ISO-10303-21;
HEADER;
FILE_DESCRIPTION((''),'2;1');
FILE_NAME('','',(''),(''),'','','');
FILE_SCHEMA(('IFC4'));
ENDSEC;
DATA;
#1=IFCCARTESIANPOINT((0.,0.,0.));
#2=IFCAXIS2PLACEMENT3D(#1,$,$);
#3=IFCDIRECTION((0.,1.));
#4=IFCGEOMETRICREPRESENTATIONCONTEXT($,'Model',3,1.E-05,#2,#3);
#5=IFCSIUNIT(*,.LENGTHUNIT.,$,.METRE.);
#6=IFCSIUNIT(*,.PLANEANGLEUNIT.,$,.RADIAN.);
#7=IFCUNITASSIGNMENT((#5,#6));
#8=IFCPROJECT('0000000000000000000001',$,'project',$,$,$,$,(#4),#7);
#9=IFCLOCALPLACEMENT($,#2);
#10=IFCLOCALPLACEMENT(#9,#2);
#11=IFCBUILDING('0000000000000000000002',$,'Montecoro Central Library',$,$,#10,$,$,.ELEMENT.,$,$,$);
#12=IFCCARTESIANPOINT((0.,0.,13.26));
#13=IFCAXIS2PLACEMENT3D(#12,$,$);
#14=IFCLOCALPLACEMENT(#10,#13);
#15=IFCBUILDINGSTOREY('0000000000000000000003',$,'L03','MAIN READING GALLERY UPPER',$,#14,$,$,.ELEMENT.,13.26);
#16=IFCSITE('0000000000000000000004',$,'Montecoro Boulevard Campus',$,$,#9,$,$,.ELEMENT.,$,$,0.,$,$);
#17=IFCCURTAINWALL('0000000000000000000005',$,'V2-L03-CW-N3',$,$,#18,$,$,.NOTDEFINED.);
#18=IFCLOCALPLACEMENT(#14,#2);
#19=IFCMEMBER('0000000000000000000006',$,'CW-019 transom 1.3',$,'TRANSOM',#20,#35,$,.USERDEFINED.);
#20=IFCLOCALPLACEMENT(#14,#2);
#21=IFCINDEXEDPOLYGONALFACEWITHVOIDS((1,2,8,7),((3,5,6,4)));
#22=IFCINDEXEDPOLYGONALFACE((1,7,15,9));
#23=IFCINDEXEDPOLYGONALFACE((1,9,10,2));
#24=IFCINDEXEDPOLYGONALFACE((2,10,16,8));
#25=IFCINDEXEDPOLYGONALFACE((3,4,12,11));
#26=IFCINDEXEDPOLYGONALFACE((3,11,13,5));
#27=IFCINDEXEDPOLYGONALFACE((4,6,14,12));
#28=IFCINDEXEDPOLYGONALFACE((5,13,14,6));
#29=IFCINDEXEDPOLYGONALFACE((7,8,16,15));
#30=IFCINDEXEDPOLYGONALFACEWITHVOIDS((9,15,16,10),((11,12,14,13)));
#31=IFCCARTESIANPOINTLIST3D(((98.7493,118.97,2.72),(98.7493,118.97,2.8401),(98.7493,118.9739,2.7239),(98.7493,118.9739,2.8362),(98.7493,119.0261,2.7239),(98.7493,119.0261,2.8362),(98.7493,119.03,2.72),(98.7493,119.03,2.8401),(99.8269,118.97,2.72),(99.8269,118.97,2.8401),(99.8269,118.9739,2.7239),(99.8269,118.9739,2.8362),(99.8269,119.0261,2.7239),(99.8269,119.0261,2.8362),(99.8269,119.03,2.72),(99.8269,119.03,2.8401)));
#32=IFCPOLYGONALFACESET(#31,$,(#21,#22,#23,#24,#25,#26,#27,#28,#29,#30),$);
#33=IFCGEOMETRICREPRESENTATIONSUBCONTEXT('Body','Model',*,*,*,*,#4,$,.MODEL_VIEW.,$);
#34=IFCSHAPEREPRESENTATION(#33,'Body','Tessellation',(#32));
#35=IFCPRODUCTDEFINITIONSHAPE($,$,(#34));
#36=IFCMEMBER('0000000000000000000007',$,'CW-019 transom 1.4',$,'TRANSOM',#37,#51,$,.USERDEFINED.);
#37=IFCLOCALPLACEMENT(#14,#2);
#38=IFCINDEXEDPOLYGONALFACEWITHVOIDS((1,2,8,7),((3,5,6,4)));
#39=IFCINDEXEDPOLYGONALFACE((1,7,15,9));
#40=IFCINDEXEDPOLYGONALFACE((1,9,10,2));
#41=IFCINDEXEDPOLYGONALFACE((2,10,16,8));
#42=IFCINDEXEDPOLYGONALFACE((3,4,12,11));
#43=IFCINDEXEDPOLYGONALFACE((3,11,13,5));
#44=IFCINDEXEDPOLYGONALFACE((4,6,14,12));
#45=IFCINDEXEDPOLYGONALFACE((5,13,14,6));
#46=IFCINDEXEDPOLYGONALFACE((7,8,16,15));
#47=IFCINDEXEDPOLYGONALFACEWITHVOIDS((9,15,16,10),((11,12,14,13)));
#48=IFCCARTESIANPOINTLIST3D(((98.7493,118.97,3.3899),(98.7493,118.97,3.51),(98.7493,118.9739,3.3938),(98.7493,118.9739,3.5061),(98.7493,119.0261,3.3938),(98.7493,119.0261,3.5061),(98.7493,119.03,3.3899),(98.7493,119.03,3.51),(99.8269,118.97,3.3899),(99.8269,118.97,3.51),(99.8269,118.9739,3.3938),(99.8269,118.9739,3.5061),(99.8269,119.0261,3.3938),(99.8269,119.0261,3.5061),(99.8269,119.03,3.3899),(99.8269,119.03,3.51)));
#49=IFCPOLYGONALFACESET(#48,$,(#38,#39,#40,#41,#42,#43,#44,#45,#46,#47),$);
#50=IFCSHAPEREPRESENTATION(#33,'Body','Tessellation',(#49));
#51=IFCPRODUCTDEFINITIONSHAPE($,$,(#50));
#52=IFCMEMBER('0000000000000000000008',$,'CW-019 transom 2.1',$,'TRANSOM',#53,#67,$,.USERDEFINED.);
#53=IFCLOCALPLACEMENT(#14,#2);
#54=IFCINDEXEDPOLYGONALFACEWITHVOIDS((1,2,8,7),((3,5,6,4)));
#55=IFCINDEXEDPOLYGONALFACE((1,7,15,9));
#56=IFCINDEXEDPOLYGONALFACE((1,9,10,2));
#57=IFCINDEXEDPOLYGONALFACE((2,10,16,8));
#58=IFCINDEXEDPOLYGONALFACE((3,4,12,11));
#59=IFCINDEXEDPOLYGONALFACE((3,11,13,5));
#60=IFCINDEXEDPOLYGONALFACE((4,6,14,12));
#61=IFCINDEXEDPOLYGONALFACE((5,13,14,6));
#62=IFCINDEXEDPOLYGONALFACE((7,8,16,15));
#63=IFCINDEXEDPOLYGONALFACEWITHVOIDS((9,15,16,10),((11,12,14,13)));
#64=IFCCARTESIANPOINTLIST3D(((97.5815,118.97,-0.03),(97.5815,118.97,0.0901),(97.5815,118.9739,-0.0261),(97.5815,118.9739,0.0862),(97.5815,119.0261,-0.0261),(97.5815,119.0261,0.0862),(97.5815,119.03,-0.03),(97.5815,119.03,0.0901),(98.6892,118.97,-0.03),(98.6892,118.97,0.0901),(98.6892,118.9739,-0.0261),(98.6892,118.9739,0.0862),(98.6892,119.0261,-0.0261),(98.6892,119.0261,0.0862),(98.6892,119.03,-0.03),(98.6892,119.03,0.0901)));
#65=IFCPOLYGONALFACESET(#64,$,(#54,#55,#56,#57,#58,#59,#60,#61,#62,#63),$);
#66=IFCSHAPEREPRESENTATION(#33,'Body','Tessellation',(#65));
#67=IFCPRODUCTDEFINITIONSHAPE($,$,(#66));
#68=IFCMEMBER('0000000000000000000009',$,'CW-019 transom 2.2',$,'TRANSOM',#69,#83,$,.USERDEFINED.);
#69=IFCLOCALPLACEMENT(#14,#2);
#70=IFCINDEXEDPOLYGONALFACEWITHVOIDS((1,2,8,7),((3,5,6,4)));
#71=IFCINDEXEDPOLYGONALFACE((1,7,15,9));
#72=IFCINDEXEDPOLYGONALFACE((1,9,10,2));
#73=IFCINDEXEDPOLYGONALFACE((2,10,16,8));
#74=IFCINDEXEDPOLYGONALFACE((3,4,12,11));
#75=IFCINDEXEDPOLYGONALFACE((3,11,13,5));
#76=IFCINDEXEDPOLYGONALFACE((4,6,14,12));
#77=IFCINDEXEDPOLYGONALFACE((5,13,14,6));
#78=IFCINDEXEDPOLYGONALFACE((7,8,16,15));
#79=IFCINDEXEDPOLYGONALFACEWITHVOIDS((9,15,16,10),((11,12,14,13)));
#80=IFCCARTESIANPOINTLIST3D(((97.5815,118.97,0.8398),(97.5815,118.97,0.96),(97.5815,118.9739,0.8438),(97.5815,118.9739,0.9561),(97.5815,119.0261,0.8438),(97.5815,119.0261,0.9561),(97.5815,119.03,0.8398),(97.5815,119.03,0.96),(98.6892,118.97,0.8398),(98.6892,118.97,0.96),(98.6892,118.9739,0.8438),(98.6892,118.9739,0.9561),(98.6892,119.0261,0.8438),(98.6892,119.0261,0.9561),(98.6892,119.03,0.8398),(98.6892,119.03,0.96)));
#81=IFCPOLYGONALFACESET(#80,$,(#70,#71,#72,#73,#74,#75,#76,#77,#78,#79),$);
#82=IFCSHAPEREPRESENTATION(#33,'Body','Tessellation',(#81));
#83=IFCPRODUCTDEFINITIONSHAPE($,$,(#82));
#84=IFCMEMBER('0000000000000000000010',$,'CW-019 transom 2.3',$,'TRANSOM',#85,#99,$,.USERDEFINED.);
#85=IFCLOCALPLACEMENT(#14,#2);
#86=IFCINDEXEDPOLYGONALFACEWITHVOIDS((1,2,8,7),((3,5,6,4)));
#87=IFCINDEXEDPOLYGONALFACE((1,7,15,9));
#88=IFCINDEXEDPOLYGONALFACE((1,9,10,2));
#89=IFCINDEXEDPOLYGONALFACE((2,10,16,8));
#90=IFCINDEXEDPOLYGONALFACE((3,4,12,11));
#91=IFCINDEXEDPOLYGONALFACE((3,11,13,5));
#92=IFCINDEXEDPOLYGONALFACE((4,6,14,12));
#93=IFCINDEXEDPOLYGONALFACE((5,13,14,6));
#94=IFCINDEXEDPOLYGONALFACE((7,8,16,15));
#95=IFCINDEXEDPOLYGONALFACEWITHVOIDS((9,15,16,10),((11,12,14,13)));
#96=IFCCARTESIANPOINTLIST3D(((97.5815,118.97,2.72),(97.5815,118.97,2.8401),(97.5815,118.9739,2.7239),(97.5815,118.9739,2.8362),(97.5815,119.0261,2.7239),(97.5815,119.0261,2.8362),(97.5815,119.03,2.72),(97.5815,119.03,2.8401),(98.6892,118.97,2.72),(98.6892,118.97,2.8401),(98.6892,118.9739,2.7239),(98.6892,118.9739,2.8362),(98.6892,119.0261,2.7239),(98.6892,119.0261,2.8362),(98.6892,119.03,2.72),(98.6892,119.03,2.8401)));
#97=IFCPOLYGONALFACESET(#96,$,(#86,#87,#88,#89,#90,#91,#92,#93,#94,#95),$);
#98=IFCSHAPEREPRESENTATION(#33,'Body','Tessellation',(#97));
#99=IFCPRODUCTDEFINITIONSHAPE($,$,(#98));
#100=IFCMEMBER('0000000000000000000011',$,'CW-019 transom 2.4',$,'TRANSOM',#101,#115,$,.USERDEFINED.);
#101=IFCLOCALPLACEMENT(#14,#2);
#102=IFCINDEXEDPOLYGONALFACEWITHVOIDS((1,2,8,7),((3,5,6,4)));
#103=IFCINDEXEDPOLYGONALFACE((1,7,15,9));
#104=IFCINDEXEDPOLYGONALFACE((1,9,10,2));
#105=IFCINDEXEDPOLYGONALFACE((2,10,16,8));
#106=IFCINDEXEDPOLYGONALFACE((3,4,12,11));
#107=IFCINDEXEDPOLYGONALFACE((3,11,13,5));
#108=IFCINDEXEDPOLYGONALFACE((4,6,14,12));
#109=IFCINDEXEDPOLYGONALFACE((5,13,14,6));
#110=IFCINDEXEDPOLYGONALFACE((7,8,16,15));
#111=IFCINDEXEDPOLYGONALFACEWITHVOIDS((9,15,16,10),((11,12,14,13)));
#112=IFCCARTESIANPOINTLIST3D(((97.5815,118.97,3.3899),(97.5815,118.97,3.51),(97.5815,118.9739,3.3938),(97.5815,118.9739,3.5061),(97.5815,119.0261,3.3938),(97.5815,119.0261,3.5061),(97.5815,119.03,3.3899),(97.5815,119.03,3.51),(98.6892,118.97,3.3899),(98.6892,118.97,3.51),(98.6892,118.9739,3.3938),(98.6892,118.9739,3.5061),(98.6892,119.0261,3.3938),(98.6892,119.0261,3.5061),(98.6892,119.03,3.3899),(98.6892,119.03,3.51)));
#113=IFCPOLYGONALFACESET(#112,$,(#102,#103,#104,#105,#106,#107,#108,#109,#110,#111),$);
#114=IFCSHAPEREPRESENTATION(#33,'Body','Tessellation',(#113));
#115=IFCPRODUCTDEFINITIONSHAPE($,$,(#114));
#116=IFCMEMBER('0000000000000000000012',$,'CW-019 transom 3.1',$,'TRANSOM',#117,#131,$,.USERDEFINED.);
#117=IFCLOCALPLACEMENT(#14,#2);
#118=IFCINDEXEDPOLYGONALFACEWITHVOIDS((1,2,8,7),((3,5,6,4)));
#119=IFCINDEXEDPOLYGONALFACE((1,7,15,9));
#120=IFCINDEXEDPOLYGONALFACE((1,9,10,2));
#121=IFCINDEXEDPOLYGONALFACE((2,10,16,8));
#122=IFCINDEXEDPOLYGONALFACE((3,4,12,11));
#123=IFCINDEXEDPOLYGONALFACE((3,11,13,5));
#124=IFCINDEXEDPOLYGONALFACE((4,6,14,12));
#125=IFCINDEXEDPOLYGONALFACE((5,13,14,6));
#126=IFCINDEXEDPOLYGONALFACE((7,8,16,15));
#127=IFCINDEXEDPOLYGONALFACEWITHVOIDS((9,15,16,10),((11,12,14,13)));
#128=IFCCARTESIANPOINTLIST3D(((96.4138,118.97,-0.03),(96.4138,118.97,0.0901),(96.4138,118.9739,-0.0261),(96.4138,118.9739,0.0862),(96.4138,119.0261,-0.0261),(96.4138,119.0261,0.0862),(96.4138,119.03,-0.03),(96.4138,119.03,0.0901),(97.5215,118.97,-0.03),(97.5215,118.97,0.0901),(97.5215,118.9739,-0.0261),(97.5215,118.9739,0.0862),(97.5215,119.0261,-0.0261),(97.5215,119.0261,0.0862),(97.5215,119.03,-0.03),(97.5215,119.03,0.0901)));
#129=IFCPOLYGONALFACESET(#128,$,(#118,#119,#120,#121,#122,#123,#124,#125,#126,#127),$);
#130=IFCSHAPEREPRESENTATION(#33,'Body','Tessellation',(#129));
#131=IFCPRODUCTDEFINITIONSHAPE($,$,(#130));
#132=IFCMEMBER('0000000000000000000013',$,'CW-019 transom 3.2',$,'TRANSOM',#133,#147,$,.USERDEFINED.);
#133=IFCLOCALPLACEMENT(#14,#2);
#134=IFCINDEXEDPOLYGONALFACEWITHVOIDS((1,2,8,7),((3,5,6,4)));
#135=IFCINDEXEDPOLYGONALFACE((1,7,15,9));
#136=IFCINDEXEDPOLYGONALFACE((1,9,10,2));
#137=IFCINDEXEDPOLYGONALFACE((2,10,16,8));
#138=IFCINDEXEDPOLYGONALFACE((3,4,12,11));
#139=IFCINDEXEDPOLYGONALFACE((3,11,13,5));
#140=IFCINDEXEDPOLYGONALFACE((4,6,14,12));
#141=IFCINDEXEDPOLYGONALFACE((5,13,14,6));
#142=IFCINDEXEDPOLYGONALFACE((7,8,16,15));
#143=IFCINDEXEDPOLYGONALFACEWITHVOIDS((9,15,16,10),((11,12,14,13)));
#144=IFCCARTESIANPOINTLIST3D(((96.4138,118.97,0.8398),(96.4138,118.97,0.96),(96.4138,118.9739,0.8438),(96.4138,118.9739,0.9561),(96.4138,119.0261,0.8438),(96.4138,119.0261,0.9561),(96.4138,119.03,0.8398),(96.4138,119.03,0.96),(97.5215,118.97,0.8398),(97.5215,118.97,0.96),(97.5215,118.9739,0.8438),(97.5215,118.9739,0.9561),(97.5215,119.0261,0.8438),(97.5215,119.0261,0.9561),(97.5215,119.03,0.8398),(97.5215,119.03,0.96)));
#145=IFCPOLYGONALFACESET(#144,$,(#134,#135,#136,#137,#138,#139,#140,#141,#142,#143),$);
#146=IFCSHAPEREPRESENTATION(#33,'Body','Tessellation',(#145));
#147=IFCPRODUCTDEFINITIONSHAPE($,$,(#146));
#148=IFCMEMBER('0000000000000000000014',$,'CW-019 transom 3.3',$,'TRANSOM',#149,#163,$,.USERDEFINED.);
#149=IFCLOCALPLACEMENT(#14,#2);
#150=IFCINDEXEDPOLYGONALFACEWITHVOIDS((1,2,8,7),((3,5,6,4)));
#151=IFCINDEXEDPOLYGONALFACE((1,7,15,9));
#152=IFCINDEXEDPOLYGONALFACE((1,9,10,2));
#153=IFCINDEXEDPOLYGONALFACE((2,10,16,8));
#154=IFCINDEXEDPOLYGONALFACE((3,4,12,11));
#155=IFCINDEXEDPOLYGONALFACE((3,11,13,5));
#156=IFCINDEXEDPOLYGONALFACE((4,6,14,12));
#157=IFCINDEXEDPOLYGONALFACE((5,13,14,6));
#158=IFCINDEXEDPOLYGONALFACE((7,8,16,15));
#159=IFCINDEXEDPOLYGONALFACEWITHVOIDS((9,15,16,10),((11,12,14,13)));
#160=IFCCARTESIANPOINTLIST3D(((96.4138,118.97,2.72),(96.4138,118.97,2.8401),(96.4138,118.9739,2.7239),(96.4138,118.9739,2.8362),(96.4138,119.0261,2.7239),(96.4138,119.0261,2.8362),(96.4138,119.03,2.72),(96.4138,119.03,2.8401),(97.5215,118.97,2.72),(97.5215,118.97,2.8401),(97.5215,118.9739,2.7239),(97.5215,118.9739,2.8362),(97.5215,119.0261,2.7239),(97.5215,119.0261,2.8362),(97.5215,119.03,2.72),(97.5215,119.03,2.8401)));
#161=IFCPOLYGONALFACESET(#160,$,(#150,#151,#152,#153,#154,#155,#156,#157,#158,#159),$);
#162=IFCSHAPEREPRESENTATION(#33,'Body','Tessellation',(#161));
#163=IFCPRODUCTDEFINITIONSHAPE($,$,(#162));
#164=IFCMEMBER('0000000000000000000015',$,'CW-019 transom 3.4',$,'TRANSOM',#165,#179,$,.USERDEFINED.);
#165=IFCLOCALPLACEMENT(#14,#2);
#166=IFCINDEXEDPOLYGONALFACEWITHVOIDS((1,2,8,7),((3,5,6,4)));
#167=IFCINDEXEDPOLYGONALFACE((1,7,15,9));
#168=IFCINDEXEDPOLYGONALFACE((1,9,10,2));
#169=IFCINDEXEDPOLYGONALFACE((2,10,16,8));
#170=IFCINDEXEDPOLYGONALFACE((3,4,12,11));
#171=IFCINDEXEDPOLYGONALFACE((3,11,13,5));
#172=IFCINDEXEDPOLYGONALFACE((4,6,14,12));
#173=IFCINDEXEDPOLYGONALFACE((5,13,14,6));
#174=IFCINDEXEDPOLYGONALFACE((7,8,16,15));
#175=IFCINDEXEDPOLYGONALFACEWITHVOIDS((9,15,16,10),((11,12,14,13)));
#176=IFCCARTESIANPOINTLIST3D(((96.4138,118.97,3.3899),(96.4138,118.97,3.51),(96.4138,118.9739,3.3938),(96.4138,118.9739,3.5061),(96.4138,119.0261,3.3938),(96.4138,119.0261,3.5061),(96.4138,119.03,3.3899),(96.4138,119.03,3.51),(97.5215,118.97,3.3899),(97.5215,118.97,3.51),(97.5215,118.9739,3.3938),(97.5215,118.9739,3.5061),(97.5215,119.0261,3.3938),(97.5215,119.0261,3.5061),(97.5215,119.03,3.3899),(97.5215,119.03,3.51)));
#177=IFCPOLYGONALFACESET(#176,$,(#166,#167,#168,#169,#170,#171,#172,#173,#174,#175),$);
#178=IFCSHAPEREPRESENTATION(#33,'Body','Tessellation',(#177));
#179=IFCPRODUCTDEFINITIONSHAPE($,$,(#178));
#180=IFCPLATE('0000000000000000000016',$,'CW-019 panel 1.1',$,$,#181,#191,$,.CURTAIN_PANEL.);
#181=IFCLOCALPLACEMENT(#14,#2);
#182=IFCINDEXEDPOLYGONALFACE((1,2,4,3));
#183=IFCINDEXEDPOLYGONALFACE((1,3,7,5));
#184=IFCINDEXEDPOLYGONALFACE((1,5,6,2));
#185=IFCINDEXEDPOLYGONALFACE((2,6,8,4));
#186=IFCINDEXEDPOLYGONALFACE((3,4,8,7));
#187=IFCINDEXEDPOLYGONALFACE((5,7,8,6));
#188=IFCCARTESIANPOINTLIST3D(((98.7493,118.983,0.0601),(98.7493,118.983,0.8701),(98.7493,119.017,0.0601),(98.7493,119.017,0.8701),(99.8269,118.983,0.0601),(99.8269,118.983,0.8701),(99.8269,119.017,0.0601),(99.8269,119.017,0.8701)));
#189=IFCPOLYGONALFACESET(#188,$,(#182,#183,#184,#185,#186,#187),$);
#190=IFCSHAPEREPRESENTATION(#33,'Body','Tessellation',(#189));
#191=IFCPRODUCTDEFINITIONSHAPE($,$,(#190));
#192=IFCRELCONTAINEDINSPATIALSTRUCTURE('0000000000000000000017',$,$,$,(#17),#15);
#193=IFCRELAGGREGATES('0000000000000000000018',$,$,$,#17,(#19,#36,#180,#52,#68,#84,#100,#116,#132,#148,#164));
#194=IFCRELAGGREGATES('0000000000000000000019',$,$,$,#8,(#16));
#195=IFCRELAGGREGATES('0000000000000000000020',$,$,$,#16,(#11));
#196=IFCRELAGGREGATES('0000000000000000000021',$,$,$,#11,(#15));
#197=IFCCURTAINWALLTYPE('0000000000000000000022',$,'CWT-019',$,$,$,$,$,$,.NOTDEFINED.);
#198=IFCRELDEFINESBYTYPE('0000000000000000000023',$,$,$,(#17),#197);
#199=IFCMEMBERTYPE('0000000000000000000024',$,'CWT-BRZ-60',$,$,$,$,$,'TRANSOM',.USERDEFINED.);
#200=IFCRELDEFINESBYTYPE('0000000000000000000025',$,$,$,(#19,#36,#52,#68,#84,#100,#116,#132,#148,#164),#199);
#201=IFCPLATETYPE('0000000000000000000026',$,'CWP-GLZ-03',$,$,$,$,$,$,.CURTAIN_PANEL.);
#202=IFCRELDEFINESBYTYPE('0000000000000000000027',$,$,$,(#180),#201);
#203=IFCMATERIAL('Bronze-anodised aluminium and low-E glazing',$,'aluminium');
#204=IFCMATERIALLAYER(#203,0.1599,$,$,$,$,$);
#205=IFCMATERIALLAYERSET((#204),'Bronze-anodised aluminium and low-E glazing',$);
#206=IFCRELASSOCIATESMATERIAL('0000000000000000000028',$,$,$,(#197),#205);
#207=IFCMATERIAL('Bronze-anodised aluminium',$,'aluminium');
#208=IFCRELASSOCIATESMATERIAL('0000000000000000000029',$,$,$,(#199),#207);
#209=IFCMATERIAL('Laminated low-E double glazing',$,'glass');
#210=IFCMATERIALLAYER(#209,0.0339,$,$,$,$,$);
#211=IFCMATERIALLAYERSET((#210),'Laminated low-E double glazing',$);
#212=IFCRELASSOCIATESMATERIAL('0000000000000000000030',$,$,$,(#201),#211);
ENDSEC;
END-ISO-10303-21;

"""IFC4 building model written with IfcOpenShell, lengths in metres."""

from ifc_helpers import new_model, si_unit, direction, frame, origin, origin_2d, place, context, subcontext, project, spatial, rectangle, hollow_rectangle, extrude, material, layer, layer_set, material_profile, profile_set, type_object, element, aggregate, save


model = new_model("IFC4")

# Units and contexts
model_context = context("Model", 3, precision=1e-05, world=origin(), true_north=direction((0.0, 1.0)))
body_context = subcontext(model_context, "Body", "Model", "MODEL_VIEW")
ifc_project = project(units=[si_unit("LENGTHUNIT", "METRE"), si_unit("PLANEANGLEUNIT", "RADIAN")], contexts=[model_context])

# Site, building, storey
site_placement = place(None, origin())
site = spatial("IfcSite", under=ifc_project, at=site_placement, Name="Montecoro Boulevard Campus", CompositionType="ELEMENT", RefElevation=0.0)
building_placement = place(site_placement, origin())
building = spatial("IfcBuilding", under=site, at=building_placement, Name="Montecoro Central Library", CompositionType="ELEMENT")
storey_placement = place(building_placement, frame((0.0, 0.0, 13.26)))
storey = spatial("IfcBuildingStorey", under=building, at=storey_placement, Name="L03", Description="MAIN READING GALLERY UPPER", CompositionType="ELEMENT", Elevation=13.26)

# Shared definitions
ifc_material_1 = material(Name="Bronze-anodised aluminium and low-E glazing", Category="aluminium")
ifc_layer_1 = layer(ifc_material_1, 0.1599)
ifc_layer_set_1 = layer_set([ifc_layer_1], Name="Bronze-anodised aluminium and low-E glazing")
curtain_wall_type = type_object("IfcCurtainWallType", Name="CWT-019", PredefinedType="NOTDEFINED", material=ifc_layer_set_1)
ifc_material_2 = material(Name="Bronze-anodised aluminium", Category="aluminium")

# Curtain wall, members, plate
curtain_wall_1_placement = place(storey_placement, origin())
curtain_wall_1 = element("IfcCurtainWall", 1, at=curtain_wall_1_placement, inside=storey, type_object=curtain_wall_type, Name="V2-L03-CW-N3", PredefinedType="NOTDEFINED")
ifc_material_profile_1 = material_profile(ifc_material_2, hollow_rectangle(XDim=0.0601, YDim=0.1201, WallThickness=0.0039, at=origin_2d()), Name="CWT 120x60x4.0")
ifc_profile_set_1 = profile_set([ifc_material_profile_1], Name="Bronze-anodised aluminium")
member_type_1 = type_object("IfcMemberType", Name="CWT-BRZ-60", ElementType="TRANSOM", PredefinedType="USERDEFINED", material=ifc_profile_set_1)
member_1_placement = place(storey_placement, frame((99.8269, 119.0, 2.78), z_axis=(-1.0, 0.0, 0.0), x_axis=(0.0, -1.0, 0.0)))
member_1 = element("IfcMember", 2, at=member_1_placement, type_object=member_type_1, Name="CW-019 transom 1.3", ObjectType="TRANSOM", PredefinedType="USERDEFINED", context=body_context, shape_type="SweptSolid", body=[
    extrude(hollow_rectangle(XDim=0.0601, YDim=0.1201, WallThickness=0.0039, at=origin_2d()), origin(), (0.0, 0.0, 1.0), 1.0776),
])
member_2_placement = place(storey_placement, frame((99.8269, 119.0, 3.45), z_axis=(-1.0, 0.0, 0.0), x_axis=(0.0, -1.0, 0.0)))
member_2 = element("IfcMember", 3, at=member_2_placement, type_object=member_type_1, Name="CW-019 transom 1.4", ObjectType="TRANSOM", PredefinedType="USERDEFINED", context=body_context, shape_type="SweptSolid", body=[
    extrude(hollow_rectangle(XDim=0.0601, YDim=0.1201, WallThickness=0.0039, at=origin_2d()), origin(), (0.0, 0.0, 1.0), 1.0776),
])
member_3_placement = place(storey_placement, frame((98.6892, 119.0, 0.03), z_axis=(-1.0, 0.0, 0.0), x_axis=(0.0, -1.0, 0.0)))
member_3 = element("IfcMember", 4, at=member_3_placement, type_object=member_type_1, Name="CW-019 transom 2.1", ObjectType="TRANSOM", PredefinedType="USERDEFINED", context=body_context, shape_type="SweptSolid", body=[
    extrude(hollow_rectangle(XDim=0.0601, YDim=0.1201, WallThickness=0.0039, at=origin_2d()), origin(), (0.0, 0.0, 1.0), 1.1077),
])
member_4_placement = place(storey_placement, frame((98.6892, 119.0, 0.8999), z_axis=(-1.0, 0.0, 0.0), x_axis=(0.0, -1.0, 0.0)))
member_4 = element("IfcMember", 5, at=member_4_placement, type_object=member_type_1, Name="CW-019 transom 2.2", ObjectType="TRANSOM", PredefinedType="USERDEFINED", context=body_context, shape_type="SweptSolid", body=[
    extrude(hollow_rectangle(XDim=0.0601, YDim=0.1201, WallThickness=0.0039, at=origin_2d()), origin(), (0.0, 0.0, 1.0), 1.1077),
])
member_5_placement = place(storey_placement, frame((98.6892, 119.0, 2.78), z_axis=(-1.0, 0.0, 0.0), x_axis=(0.0, -1.0, 0.0)))
member_5 = element("IfcMember", 6, at=member_5_placement, type_object=member_type_1, Name="CW-019 transom 2.3", ObjectType="TRANSOM", PredefinedType="USERDEFINED", context=body_context, shape_type="SweptSolid", body=[
    extrude(hollow_rectangle(XDim=0.0601, YDim=0.1201, WallThickness=0.0039, at=origin_2d()), origin(), (0.0, 0.0, 1.0), 1.1077),
])
member_6_placement = place(storey_placement, frame((98.6892, 119.0, 3.45), z_axis=(-1.0, 0.0, 0.0), x_axis=(0.0, -1.0, 0.0)))
member_6 = element("IfcMember", 7, at=member_6_placement, type_object=member_type_1, Name="CW-019 transom 2.4", ObjectType="TRANSOM", PredefinedType="USERDEFINED", context=body_context, shape_type="SweptSolid", body=[
    extrude(hollow_rectangle(XDim=0.0601, YDim=0.1201, WallThickness=0.0039, at=origin_2d()), origin(), (0.0, 0.0, 1.0), 1.1077),
])
member_7_placement = place(storey_placement, frame((97.5215, 119.0, 0.03), z_axis=(-1.0, 0.0, 0.0), x_axis=(0.0, -1.0, 0.0)))
member_7 = element("IfcMember", 8, at=member_7_placement, type_object=member_type_1, Name="CW-019 transom 3.1", ObjectType="TRANSOM", PredefinedType="USERDEFINED", context=body_context, shape_type="SweptSolid", body=[
    extrude(hollow_rectangle(XDim=0.0601, YDim=0.1201, WallThickness=0.0039, at=origin_2d()), origin(), (0.0, 0.0, 1.0), 1.1077),
])
member_8_placement = place(storey_placement, frame((97.5215, 119.0, 0.8999), z_axis=(-1.0, 0.0, 0.0), x_axis=(0.0, -1.0, 0.0)))
member_8 = element("IfcMember", 9, at=member_8_placement, type_object=member_type_1, Name="CW-019 transom 3.2", ObjectType="TRANSOM", PredefinedType="USERDEFINED", context=body_context, shape_type="SweptSolid", body=[
    extrude(hollow_rectangle(XDim=0.0601, YDim=0.1201, WallThickness=0.0039, at=origin_2d()), origin(), (0.0, 0.0, 1.0), 1.1077),
])
member_9_placement = place(storey_placement, frame((97.5215, 119.0, 2.78), z_axis=(-1.0, 0.0, 0.0), x_axis=(0.0, -1.0, 0.0)))
member_9 = element("IfcMember", 10, at=member_9_placement, type_object=member_type_1, Name="CW-019 transom 3.3", ObjectType="TRANSOM", PredefinedType="USERDEFINED", context=body_context, shape_type="SweptSolid", body=[
    extrude(hollow_rectangle(XDim=0.0601, YDim=0.1201, WallThickness=0.0039, at=origin_2d()), origin(), (0.0, 0.0, 1.0), 1.1077),
])
member_10_placement = place(storey_placement, frame((97.5215, 119.0, 3.45), z_axis=(-1.0, 0.0, 0.0), x_axis=(0.0, -1.0, 0.0)))
member_10 = element("IfcMember", 11, at=member_10_placement, type_object=member_type_1, Name="CW-019 transom 3.4", ObjectType="TRANSOM", PredefinedType="USERDEFINED", context=body_context, shape_type="SweptSolid", body=[
    extrude(hollow_rectangle(XDim=0.0601, YDim=0.1201, WallThickness=0.0039, at=origin_2d()), origin(), (0.0, 0.0, 1.0), 1.1077),
])
ifc_material_3 = material(Name="Laminated low-E double glazing", Category="glass")
ifc_layer_2 = layer(ifc_material_3, 0.0339)
ifc_layer_set_2 = layer_set([ifc_layer_2], Name="Laminated low-E double glazing")
plate_type_1 = type_object("IfcPlateType", Name="CWP-GLZ-03", PredefinedType="CURTAIN_PANEL", material=ifc_layer_set_2)
plate_1_placement = place(storey_placement, frame((99.2881, 119.0, 0.0601), z_axis=(0.0, 0.0, 1.0), x_axis=(-1.0, 0.0, 0.0)))
plate_1 = element("IfcPlate", 12, at=plate_1_placement, type_object=plate_type_1, Name="CW-019 panel 1.1", PredefinedType="CURTAIN_PANEL", context=body_context, shape_type="SweptSolid", body=[
    extrude(rectangle(XDim=1.0776, YDim=0.0339, at=origin_2d()), origin(), (0.0, 0.0, 1.0), 0.8101),
])
aggregate(curtain_wall_1, [member_1, member_2, plate_1, member_3, member_4, member_5, member_6, member_7, member_8, member_9, member_10])

save(model, "model.ifc")
